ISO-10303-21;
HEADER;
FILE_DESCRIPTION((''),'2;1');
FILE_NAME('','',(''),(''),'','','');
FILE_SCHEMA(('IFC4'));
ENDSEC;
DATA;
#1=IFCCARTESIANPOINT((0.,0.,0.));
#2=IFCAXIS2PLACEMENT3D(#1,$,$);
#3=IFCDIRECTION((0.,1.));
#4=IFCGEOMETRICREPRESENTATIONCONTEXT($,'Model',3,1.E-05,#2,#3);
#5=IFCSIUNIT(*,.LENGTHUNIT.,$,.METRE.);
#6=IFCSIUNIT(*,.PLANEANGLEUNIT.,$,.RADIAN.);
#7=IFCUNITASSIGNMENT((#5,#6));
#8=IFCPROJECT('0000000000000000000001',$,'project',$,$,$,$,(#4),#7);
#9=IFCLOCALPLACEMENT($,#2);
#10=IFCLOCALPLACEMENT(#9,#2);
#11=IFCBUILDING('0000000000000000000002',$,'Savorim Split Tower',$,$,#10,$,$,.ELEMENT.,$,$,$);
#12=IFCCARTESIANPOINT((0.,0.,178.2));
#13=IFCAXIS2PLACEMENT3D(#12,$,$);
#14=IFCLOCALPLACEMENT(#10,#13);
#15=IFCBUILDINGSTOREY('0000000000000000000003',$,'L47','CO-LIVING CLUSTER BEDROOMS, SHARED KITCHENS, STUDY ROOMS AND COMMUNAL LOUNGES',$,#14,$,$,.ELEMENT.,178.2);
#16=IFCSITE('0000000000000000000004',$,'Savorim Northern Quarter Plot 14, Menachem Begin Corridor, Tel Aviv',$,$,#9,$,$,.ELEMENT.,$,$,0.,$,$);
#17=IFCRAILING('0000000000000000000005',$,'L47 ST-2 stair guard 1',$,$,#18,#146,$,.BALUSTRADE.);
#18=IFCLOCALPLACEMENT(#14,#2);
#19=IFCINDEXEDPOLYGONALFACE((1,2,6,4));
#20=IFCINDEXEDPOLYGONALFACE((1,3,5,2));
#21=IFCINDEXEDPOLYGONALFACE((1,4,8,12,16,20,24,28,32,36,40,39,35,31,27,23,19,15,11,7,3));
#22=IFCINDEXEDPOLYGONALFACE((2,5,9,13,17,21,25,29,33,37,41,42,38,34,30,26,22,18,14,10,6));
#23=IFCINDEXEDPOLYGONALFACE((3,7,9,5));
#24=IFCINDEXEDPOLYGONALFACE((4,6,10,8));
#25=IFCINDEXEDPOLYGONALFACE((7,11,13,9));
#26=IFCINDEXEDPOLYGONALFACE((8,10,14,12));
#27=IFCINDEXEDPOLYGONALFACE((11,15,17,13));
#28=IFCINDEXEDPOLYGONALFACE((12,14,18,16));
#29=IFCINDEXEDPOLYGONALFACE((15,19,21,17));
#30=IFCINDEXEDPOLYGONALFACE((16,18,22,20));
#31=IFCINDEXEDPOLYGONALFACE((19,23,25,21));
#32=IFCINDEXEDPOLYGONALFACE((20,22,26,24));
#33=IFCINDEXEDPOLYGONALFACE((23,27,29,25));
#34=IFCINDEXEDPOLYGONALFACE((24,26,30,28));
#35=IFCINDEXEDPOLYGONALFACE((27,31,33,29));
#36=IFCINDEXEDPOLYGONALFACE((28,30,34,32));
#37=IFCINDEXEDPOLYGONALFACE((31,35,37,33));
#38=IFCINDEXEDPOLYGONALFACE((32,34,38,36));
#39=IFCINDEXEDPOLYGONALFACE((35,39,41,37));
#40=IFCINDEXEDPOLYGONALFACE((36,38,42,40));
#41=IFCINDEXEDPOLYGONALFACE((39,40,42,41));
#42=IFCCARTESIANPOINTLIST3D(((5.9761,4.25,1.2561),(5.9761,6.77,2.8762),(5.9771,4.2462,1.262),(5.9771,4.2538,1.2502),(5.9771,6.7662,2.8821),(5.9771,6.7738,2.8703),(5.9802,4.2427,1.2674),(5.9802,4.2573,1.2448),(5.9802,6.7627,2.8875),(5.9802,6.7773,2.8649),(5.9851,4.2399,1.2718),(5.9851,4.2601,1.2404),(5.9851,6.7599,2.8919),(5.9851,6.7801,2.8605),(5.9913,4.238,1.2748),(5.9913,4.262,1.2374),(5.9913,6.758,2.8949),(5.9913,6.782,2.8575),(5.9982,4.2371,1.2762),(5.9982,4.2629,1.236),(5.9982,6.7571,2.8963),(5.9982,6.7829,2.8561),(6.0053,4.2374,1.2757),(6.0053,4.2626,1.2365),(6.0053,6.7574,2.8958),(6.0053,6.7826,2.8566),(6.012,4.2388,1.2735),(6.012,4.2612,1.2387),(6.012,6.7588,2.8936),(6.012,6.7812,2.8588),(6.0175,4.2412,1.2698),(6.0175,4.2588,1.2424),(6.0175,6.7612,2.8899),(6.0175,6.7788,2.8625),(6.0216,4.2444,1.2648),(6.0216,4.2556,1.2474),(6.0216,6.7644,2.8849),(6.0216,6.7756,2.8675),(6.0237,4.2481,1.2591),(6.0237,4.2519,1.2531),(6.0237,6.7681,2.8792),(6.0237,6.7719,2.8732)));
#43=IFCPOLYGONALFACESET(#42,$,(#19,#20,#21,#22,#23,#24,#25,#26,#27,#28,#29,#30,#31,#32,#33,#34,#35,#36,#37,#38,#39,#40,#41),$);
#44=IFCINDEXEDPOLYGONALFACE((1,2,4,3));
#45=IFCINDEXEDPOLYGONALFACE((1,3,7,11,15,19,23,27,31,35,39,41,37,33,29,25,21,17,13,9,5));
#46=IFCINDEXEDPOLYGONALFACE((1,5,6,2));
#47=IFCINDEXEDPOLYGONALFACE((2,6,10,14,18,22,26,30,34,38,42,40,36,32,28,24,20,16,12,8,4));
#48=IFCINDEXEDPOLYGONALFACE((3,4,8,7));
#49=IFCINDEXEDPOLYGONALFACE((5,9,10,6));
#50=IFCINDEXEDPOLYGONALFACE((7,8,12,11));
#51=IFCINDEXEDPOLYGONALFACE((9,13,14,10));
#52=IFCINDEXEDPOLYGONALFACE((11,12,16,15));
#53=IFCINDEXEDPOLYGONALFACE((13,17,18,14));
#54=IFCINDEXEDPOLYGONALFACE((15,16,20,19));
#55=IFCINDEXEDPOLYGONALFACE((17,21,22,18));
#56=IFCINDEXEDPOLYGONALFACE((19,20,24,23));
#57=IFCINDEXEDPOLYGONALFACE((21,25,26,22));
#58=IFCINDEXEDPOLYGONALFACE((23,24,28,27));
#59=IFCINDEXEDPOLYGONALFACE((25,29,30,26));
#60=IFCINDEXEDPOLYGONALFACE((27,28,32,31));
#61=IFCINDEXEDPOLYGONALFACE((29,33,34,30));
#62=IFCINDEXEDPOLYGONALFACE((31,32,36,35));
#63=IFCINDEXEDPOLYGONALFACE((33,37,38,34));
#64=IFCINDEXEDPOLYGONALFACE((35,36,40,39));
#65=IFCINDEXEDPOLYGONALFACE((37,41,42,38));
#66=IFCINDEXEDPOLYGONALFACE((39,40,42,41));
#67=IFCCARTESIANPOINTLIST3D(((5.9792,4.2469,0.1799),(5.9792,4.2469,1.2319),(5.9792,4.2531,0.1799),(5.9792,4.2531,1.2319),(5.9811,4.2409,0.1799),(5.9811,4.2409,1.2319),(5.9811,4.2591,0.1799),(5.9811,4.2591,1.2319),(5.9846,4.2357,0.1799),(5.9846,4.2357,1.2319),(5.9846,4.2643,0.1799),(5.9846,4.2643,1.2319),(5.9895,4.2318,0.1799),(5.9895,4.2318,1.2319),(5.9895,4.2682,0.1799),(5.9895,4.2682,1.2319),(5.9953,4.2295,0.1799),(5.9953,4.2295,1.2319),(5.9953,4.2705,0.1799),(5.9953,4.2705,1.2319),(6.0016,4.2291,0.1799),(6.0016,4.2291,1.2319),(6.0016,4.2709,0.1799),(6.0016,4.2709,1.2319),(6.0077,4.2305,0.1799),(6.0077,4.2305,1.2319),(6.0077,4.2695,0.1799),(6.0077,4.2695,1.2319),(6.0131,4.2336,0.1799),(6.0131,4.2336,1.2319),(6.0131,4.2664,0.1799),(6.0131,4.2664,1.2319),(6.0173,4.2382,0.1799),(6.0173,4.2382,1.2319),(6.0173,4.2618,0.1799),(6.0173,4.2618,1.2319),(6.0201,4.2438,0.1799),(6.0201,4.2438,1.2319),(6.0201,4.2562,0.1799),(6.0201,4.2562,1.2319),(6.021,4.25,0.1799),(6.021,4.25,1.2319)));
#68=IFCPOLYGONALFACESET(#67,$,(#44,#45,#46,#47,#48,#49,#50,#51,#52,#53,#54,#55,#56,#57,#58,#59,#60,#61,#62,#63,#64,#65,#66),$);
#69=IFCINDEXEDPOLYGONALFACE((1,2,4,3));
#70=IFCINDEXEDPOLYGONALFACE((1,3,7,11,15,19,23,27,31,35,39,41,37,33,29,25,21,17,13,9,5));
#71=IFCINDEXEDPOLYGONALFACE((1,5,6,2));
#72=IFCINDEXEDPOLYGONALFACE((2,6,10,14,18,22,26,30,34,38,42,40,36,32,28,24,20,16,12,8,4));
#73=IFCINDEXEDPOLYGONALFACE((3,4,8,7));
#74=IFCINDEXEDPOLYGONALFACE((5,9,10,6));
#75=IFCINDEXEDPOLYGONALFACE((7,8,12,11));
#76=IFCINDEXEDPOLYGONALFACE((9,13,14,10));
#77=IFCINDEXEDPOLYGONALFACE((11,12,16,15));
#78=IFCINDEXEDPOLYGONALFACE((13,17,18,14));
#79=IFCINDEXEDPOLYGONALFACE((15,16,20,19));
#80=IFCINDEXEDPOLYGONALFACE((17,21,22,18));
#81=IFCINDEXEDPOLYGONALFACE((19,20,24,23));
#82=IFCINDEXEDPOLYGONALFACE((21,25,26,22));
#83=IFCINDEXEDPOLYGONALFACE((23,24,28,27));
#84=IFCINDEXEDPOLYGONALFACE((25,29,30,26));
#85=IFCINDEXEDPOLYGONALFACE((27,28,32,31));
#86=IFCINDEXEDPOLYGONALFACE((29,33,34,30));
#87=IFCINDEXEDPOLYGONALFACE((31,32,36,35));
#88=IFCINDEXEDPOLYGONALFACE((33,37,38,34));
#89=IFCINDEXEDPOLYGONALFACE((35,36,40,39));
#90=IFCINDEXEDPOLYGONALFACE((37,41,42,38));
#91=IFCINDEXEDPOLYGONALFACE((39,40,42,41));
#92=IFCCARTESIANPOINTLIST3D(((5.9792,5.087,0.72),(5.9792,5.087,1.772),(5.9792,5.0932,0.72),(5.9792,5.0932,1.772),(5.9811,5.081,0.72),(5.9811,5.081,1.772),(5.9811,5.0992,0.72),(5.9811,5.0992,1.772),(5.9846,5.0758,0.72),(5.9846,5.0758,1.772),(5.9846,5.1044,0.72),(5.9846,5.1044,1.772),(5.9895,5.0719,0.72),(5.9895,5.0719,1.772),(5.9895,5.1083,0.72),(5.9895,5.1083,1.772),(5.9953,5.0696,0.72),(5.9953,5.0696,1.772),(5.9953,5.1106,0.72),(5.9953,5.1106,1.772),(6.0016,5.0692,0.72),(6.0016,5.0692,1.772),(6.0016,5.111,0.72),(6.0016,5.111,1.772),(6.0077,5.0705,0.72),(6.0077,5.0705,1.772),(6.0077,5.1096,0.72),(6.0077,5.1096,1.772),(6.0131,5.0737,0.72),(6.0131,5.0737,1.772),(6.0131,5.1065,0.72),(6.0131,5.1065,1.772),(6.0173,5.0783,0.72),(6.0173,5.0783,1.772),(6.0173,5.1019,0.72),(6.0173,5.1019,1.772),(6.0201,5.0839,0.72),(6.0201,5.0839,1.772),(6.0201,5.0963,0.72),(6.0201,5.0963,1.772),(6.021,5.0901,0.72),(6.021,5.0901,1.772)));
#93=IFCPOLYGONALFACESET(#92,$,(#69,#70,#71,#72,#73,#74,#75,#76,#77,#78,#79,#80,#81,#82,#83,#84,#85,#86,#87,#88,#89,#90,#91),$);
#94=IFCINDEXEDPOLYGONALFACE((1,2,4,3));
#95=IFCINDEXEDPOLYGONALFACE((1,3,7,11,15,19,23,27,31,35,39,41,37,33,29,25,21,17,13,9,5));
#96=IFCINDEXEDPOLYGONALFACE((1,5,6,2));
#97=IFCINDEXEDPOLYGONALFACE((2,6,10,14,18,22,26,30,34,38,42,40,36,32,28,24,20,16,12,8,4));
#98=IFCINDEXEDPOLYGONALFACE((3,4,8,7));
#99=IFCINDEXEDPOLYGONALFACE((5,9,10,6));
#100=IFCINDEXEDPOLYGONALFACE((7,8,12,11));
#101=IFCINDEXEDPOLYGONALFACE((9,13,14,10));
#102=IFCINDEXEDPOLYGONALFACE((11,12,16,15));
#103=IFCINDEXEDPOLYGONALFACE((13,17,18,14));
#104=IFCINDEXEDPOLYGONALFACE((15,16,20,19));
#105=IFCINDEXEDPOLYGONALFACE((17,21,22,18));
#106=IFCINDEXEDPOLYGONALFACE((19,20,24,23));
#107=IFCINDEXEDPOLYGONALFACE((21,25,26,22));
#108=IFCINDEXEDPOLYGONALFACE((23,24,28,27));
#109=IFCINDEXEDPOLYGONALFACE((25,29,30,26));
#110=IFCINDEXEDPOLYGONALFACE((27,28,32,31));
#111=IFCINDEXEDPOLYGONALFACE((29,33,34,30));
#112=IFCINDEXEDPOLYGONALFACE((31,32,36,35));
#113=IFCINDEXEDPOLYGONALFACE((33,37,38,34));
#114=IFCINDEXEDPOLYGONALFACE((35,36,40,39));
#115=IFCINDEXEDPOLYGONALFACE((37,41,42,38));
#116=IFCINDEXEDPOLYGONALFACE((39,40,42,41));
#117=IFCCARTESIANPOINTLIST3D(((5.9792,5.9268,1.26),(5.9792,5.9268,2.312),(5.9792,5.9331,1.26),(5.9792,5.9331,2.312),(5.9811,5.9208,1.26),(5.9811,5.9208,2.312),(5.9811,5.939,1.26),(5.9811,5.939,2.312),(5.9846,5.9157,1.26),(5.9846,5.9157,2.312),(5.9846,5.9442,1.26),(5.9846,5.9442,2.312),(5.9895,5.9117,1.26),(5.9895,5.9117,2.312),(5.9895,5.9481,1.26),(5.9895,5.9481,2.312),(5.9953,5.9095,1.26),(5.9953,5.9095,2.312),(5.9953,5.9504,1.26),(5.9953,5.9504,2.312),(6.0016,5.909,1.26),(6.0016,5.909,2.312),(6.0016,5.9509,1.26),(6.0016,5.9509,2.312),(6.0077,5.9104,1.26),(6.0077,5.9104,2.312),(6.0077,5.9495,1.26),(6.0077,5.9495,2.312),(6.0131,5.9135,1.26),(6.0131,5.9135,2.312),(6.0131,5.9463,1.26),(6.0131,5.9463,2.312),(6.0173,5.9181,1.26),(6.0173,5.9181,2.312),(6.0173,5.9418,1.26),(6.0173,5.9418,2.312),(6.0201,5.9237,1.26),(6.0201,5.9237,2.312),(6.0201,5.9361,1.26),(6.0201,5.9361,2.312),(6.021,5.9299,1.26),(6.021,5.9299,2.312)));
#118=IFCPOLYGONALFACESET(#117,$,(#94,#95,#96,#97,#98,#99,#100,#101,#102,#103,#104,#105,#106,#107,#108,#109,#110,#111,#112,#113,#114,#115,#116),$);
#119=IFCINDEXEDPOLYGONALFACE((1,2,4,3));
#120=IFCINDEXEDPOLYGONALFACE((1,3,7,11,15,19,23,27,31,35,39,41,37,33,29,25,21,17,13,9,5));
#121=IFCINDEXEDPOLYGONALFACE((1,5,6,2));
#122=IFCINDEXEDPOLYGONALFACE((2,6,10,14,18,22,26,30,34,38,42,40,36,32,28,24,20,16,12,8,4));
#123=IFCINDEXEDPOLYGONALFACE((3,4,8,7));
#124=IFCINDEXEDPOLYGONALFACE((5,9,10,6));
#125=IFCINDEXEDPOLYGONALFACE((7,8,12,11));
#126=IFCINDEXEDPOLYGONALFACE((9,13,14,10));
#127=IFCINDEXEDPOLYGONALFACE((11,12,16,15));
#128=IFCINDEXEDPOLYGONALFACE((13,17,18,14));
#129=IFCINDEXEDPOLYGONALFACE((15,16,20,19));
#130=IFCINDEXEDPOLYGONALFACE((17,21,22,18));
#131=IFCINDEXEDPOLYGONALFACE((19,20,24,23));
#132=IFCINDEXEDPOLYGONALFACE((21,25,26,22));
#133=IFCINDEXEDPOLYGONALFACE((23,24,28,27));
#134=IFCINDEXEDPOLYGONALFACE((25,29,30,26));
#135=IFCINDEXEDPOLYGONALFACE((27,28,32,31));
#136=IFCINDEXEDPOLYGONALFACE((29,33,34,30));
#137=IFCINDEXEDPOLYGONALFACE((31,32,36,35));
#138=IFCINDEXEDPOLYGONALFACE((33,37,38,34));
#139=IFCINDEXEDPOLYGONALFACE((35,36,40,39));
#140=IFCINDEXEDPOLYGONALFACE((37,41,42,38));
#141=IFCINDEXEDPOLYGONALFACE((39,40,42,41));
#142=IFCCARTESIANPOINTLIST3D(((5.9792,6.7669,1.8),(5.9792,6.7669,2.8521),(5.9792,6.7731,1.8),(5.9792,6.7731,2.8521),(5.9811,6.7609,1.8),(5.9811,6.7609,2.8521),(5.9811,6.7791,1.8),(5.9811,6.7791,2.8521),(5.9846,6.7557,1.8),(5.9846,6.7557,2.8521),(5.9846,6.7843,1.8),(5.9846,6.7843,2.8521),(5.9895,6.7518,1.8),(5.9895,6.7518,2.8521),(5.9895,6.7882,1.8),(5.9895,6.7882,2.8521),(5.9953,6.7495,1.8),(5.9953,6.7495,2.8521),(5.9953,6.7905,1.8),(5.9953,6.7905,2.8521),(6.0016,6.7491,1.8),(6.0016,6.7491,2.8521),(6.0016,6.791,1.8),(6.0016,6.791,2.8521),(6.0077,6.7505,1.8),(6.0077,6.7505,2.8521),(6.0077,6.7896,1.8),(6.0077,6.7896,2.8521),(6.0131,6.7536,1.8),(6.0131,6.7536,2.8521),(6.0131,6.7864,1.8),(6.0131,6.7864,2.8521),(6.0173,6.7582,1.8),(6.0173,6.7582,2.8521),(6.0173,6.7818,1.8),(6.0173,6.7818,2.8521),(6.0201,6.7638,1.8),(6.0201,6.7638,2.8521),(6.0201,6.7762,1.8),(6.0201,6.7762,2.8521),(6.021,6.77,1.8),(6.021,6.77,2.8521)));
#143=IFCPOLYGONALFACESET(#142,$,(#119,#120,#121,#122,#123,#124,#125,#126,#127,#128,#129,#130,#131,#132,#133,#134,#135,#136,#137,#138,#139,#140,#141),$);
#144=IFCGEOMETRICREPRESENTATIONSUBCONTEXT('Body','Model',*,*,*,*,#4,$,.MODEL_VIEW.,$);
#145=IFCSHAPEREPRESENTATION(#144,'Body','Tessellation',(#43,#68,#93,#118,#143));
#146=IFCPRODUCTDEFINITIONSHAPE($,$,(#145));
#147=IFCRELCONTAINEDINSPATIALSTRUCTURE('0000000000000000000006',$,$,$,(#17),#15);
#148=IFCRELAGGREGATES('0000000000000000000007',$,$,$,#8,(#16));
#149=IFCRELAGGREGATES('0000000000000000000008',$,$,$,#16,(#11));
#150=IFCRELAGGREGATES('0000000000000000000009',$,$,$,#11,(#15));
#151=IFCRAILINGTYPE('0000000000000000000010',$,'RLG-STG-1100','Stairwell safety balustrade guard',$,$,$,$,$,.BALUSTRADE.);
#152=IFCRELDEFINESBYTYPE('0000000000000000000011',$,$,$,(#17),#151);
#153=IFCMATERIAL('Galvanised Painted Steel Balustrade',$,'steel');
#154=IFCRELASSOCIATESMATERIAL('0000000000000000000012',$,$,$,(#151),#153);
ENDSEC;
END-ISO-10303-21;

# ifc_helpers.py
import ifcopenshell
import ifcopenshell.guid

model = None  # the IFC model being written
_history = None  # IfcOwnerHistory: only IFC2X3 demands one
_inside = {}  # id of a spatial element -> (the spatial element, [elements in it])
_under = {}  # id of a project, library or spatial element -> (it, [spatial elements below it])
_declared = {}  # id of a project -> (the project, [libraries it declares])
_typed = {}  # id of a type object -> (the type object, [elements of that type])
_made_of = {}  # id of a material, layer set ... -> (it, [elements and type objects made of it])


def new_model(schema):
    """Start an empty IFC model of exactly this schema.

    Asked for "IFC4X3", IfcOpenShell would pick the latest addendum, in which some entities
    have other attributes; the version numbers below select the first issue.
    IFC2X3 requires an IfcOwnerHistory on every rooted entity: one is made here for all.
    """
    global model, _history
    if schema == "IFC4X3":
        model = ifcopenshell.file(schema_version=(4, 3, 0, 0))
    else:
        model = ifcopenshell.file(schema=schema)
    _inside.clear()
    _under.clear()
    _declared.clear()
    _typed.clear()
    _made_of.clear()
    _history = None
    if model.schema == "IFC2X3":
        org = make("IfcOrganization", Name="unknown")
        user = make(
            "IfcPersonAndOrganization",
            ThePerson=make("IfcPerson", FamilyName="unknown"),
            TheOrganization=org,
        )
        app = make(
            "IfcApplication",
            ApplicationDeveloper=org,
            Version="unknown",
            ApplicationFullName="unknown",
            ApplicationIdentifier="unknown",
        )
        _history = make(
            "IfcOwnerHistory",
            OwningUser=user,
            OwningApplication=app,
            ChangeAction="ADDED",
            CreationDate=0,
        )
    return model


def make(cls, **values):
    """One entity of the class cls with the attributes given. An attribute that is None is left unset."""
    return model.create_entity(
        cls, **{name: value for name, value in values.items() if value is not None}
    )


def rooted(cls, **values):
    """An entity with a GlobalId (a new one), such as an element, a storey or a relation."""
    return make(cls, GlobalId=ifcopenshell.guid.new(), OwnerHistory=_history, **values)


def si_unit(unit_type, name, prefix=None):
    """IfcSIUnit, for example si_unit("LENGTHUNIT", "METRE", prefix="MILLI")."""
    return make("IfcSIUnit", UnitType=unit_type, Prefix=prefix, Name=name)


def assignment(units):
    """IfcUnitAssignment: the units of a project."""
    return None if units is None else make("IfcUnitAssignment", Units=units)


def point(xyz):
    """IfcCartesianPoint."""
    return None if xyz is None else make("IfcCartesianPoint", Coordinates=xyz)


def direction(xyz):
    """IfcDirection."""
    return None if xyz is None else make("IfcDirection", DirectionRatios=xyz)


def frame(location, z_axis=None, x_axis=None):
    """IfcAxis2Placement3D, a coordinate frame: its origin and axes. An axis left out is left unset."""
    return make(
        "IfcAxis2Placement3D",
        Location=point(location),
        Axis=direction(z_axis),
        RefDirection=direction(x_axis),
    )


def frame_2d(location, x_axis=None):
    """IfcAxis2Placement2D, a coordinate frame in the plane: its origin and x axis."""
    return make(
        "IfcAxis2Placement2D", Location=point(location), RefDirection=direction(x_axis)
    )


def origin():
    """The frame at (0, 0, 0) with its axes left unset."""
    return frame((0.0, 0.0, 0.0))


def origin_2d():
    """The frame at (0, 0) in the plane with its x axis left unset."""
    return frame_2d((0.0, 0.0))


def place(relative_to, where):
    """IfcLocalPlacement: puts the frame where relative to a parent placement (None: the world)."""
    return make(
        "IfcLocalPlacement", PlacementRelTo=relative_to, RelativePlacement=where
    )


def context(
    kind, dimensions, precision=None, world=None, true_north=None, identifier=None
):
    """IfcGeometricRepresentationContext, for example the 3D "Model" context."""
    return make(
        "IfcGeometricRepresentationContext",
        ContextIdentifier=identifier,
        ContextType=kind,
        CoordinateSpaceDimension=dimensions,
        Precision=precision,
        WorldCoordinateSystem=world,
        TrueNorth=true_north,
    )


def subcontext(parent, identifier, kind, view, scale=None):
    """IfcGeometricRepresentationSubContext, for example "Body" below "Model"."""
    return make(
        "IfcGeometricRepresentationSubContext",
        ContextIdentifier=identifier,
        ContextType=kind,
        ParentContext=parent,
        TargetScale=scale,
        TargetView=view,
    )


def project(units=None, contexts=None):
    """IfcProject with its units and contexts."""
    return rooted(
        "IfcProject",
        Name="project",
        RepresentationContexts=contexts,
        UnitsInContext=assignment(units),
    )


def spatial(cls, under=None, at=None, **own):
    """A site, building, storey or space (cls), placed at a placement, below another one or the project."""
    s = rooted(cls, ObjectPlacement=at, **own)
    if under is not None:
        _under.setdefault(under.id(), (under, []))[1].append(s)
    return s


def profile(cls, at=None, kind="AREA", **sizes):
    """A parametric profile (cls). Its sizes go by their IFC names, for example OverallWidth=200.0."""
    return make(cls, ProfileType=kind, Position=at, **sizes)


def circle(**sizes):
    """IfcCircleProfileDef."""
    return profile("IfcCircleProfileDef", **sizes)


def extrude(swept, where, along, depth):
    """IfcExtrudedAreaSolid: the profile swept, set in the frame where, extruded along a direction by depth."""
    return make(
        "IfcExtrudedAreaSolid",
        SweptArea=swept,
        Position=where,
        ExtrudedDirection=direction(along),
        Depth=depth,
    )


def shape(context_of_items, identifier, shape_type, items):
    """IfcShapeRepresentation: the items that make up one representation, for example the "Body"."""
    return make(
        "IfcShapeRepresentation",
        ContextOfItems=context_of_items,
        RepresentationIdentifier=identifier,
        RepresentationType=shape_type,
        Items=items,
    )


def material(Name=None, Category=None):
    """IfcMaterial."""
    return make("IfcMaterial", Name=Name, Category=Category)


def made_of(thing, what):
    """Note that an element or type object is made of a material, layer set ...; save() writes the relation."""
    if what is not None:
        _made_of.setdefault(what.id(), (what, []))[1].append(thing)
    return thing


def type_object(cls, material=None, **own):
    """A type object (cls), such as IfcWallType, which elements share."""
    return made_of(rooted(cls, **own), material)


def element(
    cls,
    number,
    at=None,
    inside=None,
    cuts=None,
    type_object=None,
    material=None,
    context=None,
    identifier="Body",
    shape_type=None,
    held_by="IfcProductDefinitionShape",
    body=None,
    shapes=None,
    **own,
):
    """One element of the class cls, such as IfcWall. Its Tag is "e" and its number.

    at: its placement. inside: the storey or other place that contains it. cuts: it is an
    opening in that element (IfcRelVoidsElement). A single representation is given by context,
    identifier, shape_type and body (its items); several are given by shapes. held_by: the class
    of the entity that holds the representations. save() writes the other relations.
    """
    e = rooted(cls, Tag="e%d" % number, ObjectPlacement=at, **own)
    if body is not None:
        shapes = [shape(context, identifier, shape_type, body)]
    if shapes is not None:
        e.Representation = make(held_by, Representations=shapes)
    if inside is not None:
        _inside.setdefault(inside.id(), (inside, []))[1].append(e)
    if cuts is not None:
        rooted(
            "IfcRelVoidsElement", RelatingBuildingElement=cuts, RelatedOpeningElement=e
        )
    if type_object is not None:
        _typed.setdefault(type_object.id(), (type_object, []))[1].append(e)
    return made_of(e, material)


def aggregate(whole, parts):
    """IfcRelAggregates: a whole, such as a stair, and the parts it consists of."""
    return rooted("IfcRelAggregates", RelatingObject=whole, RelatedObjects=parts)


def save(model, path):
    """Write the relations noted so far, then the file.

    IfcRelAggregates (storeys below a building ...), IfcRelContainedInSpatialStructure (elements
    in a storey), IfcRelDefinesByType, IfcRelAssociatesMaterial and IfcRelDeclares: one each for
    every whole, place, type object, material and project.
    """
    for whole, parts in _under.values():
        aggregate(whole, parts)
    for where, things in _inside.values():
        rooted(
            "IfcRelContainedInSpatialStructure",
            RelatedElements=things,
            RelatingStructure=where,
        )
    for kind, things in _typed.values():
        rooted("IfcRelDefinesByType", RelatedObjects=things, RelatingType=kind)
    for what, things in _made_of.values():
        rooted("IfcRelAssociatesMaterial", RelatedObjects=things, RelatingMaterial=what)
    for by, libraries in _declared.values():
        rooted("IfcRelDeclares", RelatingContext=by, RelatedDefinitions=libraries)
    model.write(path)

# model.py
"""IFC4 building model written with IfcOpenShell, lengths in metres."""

from ifc_helpers import new_model, si_unit, direction, frame, origin, origin_2d, place, context, subcontext, project, spatial, circle, extrude, material, type_object, element, save


model = new_model("IFC4")

# Units and contexts
model_context = context("Model", 3, precision=1e-05, world=origin(), true_north=direction((0.0, 1.0)))
body_context = subcontext(model_context, "Body", "Model", "MODEL_VIEW")
ifc_project = project(units=[si_unit("LENGTHUNIT", "METRE"), si_unit("PLANEANGLEUNIT", "RADIAN")], contexts=[model_context])

# Site, building, storey
site_placement = place(None, origin())
site = spatial("IfcSite", under=ifc_project, at=site_placement, Name="Savorim Northern Quarter Plot 14, Menachem Begin Corridor, Tel Aviv", CompositionType="ELEMENT", RefElevation=0.0)
building_placement = place(site_placement, origin())
building = spatial("IfcBuilding", under=site, at=building_placement, Name="Savorim Split Tower", CompositionType="ELEMENT")
storey_placement = place(building_placement, frame((0.0, 0.0, 178.2)))
storey = spatial("IfcBuildingStorey", under=building, at=storey_placement, Name="L47", Description="CO-LIVING CLUSTER BEDROOMS, SHARED KITCHENS, STUDY ROOMS AND COMMUNAL LOUNGES", CompositionType="ELEMENT", Elevation=178.2)

# Railing
ifc_material_1 = material(Name="Galvanised Painted Steel Balustrade", Category="steel")
railing_type_1 = type_object("IfcRailingType", Name="RLG-STG-1100", Description="Stairwell safety balustrade guard", PredefinedType="BALUSTRADE", material=ifc_material_1)
railing_1_placement = place(storey_placement, frame((6.0, 4.25, 0.1799)))
element("IfcRailing", 1, at=railing_1_placement, inside=storey, type_object=railing_type_1, Name="L47 ST-2 stair guard 1", PredefinedType="BALUSTRADE", context=body_context, shape_type="SweptSolid", body=[
    extrude(circle(Radius=0.0239, at=origin_2d()), frame((0.0, 0.0, 1.0762), z_axis=(0.0, 0.841163, 0.540782), x_axis=(-1.0, 0.0, 0.0)), (0.0, 0.0, 1.0), 2.9958),
    extrude(circle(Radius=0.021, at=origin_2d()), origin(), (0.0, 0.0, 1.0), 1.052),
    extrude(circle(Radius=0.021, at=origin_2d()), frame((0.0, 0.8401, 0.54)), (0.0, 0.0, 1.0), 1.052),
    extrude(circle(Radius=0.021, at=origin_2d()), frame((0.0, 1.6799, 1.0801)), (0.0, 0.0, 1.0), 1.052),
    extrude(circle(Radius=0.021, at=origin_2d()), frame((0.0, 2.52, 1.6201)), (0.0, 0.0, 1.0), 1.052),
])

save(model, "model.ifc")
